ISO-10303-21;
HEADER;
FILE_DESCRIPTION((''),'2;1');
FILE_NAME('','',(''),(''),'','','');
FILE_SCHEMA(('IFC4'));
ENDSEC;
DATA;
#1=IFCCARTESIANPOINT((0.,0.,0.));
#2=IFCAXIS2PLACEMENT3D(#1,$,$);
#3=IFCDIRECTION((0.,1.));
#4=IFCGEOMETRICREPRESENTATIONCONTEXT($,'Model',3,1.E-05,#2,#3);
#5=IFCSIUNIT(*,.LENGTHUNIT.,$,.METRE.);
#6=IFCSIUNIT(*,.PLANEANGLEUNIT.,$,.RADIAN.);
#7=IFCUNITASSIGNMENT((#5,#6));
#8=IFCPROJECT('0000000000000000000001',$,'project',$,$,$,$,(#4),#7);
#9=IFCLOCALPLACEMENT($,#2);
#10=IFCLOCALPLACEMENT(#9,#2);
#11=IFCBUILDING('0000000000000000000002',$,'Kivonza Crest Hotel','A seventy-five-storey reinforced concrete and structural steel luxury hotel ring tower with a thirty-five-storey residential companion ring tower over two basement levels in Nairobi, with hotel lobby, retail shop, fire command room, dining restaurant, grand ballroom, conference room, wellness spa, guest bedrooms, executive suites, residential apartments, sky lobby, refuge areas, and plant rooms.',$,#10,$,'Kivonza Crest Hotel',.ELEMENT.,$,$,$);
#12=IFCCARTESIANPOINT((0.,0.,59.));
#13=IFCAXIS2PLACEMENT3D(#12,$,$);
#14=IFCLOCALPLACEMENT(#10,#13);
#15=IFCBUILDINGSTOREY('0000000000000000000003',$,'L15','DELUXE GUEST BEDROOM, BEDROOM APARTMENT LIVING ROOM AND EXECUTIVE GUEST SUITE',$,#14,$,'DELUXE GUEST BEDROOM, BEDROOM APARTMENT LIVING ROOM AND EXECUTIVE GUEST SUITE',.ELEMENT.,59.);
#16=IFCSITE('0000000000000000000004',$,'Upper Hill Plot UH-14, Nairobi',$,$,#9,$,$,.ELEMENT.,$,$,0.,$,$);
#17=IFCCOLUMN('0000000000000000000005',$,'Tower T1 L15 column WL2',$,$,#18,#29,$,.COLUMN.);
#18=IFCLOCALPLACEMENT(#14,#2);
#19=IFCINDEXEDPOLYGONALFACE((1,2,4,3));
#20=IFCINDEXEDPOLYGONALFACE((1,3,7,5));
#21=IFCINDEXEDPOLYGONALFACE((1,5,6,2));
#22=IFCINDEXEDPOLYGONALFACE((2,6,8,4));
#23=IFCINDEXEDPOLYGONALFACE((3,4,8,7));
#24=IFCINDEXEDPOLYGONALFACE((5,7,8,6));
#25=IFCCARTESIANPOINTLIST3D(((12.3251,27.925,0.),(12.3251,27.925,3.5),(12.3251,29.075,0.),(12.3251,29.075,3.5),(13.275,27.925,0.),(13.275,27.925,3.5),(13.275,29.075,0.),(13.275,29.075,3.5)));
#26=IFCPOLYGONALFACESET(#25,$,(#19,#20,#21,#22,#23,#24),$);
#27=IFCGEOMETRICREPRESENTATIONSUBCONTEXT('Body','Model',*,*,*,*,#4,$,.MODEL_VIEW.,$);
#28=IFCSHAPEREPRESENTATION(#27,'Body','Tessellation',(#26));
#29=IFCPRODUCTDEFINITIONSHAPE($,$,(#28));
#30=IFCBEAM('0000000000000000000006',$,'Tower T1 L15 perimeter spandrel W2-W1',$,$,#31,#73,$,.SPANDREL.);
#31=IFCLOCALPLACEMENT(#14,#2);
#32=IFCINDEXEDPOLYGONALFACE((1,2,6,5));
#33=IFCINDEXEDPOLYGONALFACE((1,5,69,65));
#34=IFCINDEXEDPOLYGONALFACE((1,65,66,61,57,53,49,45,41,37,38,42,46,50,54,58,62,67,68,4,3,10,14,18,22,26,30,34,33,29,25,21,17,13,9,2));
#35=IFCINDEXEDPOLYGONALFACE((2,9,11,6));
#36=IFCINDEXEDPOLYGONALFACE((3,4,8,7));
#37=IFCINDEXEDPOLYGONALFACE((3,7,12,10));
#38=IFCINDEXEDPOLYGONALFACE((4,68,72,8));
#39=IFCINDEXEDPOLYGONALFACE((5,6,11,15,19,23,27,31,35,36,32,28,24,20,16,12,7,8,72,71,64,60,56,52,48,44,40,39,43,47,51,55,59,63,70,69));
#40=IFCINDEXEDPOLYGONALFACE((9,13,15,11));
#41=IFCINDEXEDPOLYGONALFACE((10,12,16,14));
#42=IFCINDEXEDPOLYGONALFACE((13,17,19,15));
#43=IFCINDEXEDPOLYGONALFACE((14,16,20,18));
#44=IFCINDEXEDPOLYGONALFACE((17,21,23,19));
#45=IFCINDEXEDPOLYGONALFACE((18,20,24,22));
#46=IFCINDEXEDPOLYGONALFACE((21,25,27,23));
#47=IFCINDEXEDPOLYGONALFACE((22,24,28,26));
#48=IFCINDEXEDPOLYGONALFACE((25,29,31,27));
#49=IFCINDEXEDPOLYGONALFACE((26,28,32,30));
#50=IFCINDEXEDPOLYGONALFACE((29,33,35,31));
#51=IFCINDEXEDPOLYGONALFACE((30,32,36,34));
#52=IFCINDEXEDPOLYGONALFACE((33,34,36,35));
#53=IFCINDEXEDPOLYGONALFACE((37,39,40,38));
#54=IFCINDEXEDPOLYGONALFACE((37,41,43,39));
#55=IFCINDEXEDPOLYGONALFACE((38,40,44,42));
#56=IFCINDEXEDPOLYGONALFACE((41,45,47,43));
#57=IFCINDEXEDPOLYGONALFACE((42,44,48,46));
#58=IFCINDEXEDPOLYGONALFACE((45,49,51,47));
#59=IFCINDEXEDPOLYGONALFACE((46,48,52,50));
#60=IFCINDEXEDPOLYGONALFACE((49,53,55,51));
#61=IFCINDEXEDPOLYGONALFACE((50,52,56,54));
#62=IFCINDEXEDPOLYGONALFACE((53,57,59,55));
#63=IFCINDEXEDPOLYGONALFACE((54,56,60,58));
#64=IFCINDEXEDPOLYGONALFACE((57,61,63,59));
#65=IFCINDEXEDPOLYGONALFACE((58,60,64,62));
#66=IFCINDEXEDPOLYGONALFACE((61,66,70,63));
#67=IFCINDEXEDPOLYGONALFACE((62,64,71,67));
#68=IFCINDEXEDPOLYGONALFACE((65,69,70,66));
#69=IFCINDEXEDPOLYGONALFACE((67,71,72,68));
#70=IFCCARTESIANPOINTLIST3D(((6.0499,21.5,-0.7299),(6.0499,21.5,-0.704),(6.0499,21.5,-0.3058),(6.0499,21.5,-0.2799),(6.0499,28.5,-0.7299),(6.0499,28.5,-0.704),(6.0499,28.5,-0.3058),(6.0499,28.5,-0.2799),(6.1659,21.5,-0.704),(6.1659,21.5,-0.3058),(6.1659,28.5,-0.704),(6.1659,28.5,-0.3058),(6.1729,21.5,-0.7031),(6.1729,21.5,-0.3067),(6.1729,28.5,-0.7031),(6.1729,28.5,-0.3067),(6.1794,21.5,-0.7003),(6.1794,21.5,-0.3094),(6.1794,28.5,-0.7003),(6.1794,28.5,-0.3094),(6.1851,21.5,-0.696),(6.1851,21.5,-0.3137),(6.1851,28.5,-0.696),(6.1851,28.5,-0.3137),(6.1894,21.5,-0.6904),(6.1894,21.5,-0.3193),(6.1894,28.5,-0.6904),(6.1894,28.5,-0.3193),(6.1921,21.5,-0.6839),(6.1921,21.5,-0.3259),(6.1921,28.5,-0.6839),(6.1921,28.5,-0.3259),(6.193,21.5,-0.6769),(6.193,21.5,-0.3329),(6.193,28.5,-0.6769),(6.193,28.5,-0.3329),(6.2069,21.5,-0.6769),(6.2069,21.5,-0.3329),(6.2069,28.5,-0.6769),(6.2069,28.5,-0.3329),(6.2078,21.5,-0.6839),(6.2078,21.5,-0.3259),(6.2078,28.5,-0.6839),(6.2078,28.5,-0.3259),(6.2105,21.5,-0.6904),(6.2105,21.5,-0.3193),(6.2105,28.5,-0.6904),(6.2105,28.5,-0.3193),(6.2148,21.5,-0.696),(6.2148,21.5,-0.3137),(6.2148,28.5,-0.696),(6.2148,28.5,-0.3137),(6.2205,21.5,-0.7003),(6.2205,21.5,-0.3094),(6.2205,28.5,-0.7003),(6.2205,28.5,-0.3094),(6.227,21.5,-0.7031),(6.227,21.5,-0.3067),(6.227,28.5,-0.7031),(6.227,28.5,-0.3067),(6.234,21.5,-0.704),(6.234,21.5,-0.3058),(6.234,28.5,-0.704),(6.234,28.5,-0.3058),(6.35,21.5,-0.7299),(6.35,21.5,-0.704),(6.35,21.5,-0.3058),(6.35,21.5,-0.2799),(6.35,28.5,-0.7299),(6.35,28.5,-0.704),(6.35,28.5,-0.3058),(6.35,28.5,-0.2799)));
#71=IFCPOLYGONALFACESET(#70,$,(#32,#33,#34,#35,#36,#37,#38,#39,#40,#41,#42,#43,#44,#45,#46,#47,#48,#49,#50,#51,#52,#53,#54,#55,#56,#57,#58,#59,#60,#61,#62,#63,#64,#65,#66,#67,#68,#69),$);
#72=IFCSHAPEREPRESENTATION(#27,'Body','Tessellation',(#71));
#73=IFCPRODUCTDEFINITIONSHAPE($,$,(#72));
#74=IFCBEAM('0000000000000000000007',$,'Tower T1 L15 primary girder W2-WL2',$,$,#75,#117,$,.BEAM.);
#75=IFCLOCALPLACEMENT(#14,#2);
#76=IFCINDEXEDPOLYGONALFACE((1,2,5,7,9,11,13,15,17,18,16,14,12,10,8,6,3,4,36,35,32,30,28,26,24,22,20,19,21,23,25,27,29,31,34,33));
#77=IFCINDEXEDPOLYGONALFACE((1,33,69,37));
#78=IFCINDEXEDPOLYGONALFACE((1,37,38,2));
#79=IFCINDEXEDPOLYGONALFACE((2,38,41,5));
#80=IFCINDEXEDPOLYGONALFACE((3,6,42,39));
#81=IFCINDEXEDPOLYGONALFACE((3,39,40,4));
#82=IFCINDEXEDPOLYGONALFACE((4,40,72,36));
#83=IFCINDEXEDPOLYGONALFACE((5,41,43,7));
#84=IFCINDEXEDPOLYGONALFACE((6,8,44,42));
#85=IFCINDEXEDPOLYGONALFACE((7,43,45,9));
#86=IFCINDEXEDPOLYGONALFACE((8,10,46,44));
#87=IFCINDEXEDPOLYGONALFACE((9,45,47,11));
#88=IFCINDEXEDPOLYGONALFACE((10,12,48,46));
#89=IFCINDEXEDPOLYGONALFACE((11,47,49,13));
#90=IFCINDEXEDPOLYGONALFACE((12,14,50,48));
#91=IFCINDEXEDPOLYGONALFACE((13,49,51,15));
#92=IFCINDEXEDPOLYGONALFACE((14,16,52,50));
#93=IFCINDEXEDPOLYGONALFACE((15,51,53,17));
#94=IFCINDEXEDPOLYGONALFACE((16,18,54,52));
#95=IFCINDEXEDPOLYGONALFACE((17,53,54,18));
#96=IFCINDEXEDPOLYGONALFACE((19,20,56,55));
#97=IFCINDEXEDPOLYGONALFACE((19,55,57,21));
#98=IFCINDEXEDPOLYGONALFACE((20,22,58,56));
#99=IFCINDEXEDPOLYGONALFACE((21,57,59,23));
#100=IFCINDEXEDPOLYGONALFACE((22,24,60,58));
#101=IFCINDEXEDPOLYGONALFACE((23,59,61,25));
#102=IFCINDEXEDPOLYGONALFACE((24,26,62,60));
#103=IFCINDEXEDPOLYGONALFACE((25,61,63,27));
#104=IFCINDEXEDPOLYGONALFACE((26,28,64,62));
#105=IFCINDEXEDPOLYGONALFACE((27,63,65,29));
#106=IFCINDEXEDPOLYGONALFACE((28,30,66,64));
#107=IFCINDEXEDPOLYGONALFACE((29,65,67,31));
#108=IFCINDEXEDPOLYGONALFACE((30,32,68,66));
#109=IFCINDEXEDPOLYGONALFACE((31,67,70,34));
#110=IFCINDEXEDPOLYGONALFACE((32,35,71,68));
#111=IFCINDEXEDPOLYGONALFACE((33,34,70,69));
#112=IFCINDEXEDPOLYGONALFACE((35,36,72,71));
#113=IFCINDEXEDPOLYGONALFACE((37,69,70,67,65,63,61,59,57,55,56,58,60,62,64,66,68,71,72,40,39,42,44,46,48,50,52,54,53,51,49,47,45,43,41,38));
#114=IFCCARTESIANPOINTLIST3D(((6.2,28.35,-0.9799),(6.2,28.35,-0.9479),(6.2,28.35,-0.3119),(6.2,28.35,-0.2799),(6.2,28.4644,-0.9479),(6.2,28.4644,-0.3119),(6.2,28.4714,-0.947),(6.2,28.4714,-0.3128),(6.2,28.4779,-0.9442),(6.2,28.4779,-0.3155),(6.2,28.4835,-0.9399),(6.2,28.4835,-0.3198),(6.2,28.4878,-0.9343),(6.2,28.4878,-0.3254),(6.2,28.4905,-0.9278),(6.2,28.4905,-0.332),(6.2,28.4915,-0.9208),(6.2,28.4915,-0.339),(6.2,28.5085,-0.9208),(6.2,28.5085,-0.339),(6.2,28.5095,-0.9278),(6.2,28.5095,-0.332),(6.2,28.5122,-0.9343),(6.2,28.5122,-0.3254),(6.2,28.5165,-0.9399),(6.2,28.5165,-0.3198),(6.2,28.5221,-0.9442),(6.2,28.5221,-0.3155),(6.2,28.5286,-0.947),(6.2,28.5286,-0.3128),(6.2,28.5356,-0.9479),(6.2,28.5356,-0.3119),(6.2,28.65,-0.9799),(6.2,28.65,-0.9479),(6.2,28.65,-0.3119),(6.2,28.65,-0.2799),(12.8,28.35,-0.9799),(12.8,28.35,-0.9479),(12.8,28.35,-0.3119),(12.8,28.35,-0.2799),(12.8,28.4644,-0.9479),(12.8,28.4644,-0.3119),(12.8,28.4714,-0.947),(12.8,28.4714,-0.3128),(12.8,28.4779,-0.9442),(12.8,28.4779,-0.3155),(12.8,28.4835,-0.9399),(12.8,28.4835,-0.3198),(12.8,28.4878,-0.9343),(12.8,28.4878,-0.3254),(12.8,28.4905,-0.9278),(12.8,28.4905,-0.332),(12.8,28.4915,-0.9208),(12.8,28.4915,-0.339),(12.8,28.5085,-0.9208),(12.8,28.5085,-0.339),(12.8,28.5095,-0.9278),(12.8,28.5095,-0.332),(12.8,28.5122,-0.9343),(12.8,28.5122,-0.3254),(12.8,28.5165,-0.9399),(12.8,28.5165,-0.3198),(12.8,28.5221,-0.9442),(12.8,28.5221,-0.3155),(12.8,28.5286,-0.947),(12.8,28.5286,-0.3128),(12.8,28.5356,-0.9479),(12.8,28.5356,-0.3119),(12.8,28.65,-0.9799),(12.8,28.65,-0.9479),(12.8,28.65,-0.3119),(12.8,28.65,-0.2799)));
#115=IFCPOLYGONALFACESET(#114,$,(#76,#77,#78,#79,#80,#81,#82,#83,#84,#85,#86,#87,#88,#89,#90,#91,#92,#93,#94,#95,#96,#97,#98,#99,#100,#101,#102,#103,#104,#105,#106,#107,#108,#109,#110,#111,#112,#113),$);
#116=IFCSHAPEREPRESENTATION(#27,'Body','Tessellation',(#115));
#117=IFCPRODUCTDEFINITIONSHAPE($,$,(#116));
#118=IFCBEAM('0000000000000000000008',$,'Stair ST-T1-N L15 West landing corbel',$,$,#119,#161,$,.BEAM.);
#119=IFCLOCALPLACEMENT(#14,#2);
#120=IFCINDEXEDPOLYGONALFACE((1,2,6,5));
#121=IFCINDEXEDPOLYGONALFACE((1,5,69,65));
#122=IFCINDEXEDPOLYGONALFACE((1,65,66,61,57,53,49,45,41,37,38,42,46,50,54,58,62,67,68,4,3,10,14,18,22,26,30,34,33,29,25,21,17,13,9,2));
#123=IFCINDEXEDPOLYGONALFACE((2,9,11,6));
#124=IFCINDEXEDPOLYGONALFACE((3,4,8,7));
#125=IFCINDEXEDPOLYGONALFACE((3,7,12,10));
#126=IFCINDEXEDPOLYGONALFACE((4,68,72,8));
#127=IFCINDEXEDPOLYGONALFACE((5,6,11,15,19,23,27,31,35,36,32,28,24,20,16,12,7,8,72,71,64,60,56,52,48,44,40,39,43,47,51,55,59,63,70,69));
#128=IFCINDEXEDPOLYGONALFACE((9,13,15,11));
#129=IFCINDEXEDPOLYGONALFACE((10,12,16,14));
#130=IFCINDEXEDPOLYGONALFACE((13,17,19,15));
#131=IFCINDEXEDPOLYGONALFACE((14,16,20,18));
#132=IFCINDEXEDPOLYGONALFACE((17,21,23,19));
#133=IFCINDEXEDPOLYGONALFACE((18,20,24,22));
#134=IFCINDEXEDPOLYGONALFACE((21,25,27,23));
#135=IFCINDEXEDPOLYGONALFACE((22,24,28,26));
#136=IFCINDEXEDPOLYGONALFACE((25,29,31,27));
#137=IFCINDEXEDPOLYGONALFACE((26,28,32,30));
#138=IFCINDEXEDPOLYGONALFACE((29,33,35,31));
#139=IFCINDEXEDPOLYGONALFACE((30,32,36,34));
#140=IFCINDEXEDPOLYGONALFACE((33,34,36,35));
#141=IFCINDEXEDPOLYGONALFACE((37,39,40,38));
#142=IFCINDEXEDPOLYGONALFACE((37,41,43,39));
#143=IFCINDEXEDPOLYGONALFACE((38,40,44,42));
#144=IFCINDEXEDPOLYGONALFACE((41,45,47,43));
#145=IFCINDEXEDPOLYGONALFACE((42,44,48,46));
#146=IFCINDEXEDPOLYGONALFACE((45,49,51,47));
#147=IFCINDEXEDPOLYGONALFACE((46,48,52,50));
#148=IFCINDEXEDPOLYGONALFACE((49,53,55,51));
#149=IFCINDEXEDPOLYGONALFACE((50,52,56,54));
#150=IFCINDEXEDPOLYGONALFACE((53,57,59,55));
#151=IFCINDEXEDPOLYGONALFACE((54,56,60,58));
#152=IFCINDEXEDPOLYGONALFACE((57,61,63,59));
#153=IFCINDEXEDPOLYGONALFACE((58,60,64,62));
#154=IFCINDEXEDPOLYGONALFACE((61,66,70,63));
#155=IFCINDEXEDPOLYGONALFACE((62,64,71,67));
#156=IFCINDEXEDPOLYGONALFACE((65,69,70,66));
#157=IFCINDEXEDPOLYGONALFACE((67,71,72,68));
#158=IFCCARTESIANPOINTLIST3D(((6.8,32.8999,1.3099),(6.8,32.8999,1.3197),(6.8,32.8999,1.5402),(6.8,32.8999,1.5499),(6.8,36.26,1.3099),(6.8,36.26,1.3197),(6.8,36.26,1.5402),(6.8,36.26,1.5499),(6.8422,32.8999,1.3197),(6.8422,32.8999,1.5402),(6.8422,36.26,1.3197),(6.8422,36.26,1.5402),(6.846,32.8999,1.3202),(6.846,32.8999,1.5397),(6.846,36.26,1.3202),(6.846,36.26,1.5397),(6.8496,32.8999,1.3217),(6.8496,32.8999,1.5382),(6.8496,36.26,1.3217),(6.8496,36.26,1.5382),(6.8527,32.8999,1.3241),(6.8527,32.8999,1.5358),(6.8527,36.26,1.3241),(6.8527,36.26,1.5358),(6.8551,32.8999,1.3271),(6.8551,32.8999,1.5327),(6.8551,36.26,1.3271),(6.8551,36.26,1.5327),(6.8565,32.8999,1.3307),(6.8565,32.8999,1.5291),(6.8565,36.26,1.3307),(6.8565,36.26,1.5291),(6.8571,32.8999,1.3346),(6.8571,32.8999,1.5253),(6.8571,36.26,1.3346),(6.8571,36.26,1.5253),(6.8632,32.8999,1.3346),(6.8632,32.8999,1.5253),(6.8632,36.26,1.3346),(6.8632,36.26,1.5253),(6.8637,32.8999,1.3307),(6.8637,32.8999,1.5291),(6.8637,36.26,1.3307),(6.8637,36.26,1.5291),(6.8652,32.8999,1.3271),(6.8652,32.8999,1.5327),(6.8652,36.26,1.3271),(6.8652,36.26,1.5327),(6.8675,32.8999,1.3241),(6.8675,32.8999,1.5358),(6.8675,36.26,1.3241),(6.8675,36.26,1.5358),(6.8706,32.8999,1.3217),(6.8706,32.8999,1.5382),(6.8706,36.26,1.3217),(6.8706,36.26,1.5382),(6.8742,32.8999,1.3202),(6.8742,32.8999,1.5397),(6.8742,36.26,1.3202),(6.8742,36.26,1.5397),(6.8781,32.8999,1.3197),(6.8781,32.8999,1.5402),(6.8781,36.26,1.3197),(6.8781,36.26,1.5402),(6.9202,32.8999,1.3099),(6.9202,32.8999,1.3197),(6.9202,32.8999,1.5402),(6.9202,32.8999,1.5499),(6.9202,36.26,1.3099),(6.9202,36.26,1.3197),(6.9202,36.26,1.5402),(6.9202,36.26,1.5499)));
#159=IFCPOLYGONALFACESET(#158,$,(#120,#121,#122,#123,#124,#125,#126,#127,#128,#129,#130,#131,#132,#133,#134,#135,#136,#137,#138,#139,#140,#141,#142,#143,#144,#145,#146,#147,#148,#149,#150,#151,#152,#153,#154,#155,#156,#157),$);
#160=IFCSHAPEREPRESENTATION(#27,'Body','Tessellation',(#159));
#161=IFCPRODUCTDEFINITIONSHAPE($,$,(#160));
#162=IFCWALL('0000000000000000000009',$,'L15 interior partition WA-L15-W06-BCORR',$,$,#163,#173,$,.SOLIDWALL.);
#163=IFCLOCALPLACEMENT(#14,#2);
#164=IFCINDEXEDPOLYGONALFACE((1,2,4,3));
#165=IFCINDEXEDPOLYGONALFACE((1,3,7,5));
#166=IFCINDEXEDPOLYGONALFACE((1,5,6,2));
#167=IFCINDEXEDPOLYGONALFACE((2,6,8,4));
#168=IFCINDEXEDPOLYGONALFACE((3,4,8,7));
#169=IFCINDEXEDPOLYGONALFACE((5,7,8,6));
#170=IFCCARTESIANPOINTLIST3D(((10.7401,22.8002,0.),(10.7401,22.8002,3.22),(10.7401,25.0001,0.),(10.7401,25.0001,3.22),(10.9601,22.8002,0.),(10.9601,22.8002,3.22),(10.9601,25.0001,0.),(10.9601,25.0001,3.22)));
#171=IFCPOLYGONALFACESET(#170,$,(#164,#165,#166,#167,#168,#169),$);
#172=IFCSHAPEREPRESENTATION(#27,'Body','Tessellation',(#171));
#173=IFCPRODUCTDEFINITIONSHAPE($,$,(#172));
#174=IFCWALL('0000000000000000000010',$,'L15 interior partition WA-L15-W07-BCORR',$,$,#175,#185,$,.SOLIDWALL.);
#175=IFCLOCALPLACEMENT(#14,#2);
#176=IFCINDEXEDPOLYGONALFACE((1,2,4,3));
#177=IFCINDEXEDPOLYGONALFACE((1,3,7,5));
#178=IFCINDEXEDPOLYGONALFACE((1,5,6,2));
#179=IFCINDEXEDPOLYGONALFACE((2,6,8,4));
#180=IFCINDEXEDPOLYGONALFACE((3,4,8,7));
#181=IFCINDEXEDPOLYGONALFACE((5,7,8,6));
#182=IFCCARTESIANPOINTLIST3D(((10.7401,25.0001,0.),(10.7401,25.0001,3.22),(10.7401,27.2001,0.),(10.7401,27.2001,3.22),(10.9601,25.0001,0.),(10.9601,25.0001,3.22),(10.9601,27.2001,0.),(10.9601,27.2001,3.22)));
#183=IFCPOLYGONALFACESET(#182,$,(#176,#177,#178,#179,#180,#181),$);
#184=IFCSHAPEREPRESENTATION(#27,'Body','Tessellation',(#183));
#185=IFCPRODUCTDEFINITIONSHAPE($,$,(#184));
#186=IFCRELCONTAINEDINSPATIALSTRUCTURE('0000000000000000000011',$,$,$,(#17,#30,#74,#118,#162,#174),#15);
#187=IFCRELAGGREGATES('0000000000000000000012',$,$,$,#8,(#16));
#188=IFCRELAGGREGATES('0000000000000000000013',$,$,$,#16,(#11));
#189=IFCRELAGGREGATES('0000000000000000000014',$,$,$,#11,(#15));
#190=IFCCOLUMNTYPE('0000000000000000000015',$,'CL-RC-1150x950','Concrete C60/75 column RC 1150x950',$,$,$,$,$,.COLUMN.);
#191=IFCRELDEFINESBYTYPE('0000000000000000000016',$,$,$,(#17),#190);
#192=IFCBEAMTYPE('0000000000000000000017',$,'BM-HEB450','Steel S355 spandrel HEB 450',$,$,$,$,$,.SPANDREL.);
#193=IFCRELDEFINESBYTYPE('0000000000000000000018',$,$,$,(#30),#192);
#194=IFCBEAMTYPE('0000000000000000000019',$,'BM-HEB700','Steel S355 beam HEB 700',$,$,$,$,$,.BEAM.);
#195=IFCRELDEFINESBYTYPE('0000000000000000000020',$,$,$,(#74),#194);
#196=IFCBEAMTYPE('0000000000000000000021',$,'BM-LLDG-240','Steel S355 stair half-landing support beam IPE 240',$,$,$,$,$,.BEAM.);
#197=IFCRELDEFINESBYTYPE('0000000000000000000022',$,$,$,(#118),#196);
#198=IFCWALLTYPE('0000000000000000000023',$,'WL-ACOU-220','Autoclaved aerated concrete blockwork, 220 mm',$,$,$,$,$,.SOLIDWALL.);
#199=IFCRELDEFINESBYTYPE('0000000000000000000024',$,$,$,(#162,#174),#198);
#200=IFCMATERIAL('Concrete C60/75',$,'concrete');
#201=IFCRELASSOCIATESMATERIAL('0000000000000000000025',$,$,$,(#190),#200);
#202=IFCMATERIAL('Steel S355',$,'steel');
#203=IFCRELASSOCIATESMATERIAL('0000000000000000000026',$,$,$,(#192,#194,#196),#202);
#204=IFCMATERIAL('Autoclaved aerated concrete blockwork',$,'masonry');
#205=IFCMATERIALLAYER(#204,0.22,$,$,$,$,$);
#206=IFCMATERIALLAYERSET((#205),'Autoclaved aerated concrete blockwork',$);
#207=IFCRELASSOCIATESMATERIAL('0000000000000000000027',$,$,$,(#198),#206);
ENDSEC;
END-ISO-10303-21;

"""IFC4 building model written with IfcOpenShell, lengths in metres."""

from ifc_helpers import new_model, si_unit, direction, frame, frame_2d, origin, origin_2d, place, context, subcontext, project, spatial, rectangle, i_section, extrude, material, layer, layer_set, material_profile, profile_set, type_object, element, save


model = new_model("IFC4")

# Units and contexts
model_context = context("Model", 3, precision=1e-05, world=origin(), true_north=direction((0.0, 1.0)))
body_context = subcontext(model_context, "Body", "Model", "MODEL_VIEW")
ifc_project = project(units=[si_unit("LENGTHUNIT", "METRE"), si_unit("PLANEANGLEUNIT", "RADIAN")], contexts=[model_context])

# Site, building, storey
site_placement = place(None, origin())
site = spatial("IfcSite", under=ifc_project, at=site_placement, Name="Upper Hill Plot UH-14, Nairobi", CompositionType="ELEMENT", RefElevation=0.0)
building_placement = place(site_placement, origin())
building = spatial("IfcBuilding", under=site, at=building_placement, Name="Kivonza Crest Hotel", Description="A seventy-five-storey reinforced concrete and structural steel luxury hotel ring tower with a thirty-five-storey residential companion ring tower over two basement levels in Nairobi, with hotel lobby, retail shop, fire command room, dining restaurant, grand ballroom, conference room, wellness spa, guest bedrooms, executive suites, residential apartments, sky lobby, refuge areas, and plant rooms.", LongName="Kivonza Crest Hotel", CompositionType="ELEMENT")
storey_placement = place(building_placement, frame((0.0, 0.0, 59.0)))
storey = spatial("IfcBuildingStorey", under=building, at=storey_placement, Name="L15", Description="DELUXE GUEST BEDROOM, BEDROOM APARTMENT LIVING ROOM AND EXECUTIVE GUEST SUITE", LongName="DELUXE GUEST BEDROOM, BEDROOM APARTMENT LIVING ROOM AND EXECUTIVE GUEST SUITE", CompositionType="ELEMENT", Elevation=59.0)

# Column
ifc_material_1 = material(Name="Concrete C60/75", Category="concrete")
ifc_material_profile_1 = material_profile(ifc_material_1, rectangle(XDim=0.95, YDim=1.1499, at=origin_2d()), Name="RC 1150x950")
ifc_profile_set_1 = profile_set([ifc_material_profile_1], Name="Concrete C60/75")
column_type = type_object("IfcColumnType", Name="CL-RC-1150x950", Description="Concrete C60/75 column RC 1150x950", PredefinedType="COLUMN", material=ifc_profile_set_1)
column_placement = place(storey_placement, frame((12.8, 28.5, 0.0), z_axis=(0.0, 0.0, 1.0), x_axis=(1.0, 0.0, 0.0)))
element("IfcColumn", 1, at=column_placement, inside=storey, type_object=column_type, Name="Tower T1 L15 column WL2", PredefinedType="COLUMN", context=body_context, shape_type="SweptSolid", body=[
    extrude(rectangle(XDim=0.95, YDim=1.1499, at=origin_2d()), origin(), (0.0, 0.0, 1.0), 3.5),
])

# Beams
ifc_material_2 = material(Name="Steel S355", Category="steel")
ifc_material_profile_2 = material_profile(ifc_material_2, i_section(OverallWidth=0.3, OverallDepth=0.45, WebThickness=0.0139, FlangeThickness=0.0259, FilletRadius=0.0271, at=origin_2d()), Name="HEB 450")
ifc_profile_set_2 = profile_set([ifc_material_profile_2], Name="Steel S355")
beam_type_1 = type_object("IfcBeamType", Name="BM-HEB450", Description="Steel S355 spandrel HEB 450", PredefinedType="SPANDREL", material=ifc_profile_set_2)
beam_1_placement = place(storey_placement, frame((6.2, 28.5, -0.5049), z_axis=(0.0, -1.0, 0.0), x_axis=(1.0, 0.0, 0.0)))
element("IfcBeam", 2, at=beam_1_placement, inside=storey, type_object=beam_type_1, Name="Tower T1 L15 perimeter spandrel W2-W1", PredefinedType="SPANDREL", context=body_context, shape_type="SweptSolid", body=[
    extrude(i_section(OverallWidth=0.3, OverallDepth=0.45, WebThickness=0.0139, FlangeThickness=0.0259, FilletRadius=0.0271, at=origin_2d()), origin(), (0.0, 0.0, 1.0), 7.0),
])
ifc_material_profile_3 = material_profile(ifc_material_2, i_section(OverallWidth=0.3, OverallDepth=0.7, WebThickness=0.0171, FlangeThickness=0.032, FilletRadius=0.0271, at=origin_2d()), Name="HEB 700")
ifc_profile_set_3 = profile_set([ifc_material_profile_3], Name="Steel S355")
beam_type_2 = type_object("IfcBeamType", Name="BM-HEB700", Description="Steel S355 beam HEB 700", PredefinedType="BEAM", material=ifc_profile_set_3)
beam_2_placement = place(storey_placement, frame((6.2, 28.5, -0.6299), z_axis=(1.0, 0.0, 0.0), x_axis=(0.0, 1.0, 0.0)))
element("IfcBeam", 3, at=beam_2_placement, inside=storey, type_object=beam_type_2, Name="Tower T1 L15 primary girder W2-WL2", PredefinedType="BEAM", context=body_context, shape_type="SweptSolid", body=[
    extrude(i_section(OverallWidth=0.3, OverallDepth=0.7, WebThickness=0.0171, FlangeThickness=0.032, FilletRadius=0.0271, at=origin_2d()), origin(), (0.0, 0.0, 1.0), 6.6001),
])
ifc_material_profile_4 = material_profile(ifc_material_2, i_section(OverallWidth=0.1201, OverallDepth=0.24, WebThickness=0.0061, FlangeThickness=0.0098, FilletRadius=0.0149, at=origin_2d()), Name="IPE 240")
ifc_profile_set_4 = profile_set([ifc_material_profile_4], Name="Steel S355")
beam_type_3 = type_object("IfcBeamType", Name="BM-LLDG-240", Description="Steel S355 stair half-landing support beam IPE 240", PredefinedType="BEAM", material=ifc_profile_set_4)
beam_3_placement = place(storey_placement, frame((6.8601, 32.8999, 1.4299), z_axis=(0.0, 1.0, 0.0), x_axis=(-1.0, 0.0, 0.0)))
element("IfcBeam", 4, at=beam_3_placement, inside=storey, type_object=beam_type_3, Name="Stair ST-T1-N L15 West landing corbel", PredefinedType="BEAM", context=body_context, shape_type="SweptSolid", body=[
    extrude(i_section(OverallWidth=0.1201, OverallDepth=0.24, WebThickness=0.0061, FlangeThickness=0.0098, FilletRadius=0.0149, at=origin_2d()), origin(), (0.0, 0.0, 1.0), 3.3601),
])

# Walls
ifc_material_3 = material(Name="Autoclaved aerated concrete blockwork", Category="masonry")
ifc_layer_1 = layer(ifc_material_3, 0.22)
ifc_layer_set_1 = layer_set([ifc_layer_1], Name="Autoclaved aerated concrete blockwork")
wall_type_1 = type_object("IfcWallType", Name="WL-ACOU-220", Description="Autoclaved aerated concrete blockwork, 220 mm", PredefinedType="SOLIDWALL", material=ifc_layer_set_1)
for number, where, z_axis, x_axis, name in (
    (5, (10.8501, 22.8, 0.0), (0.0, 0.0, 1.0), (0.0, 1.0, 0.0), "L15 interior partition WA-L15-W06-BCORR"),
    (6, (10.8501, 25.0, 0.0), (0.0, 0.0, 1.0), (0.0, 1.0, 0.0), "L15 interior partition WA-L15-W07-BCORR"),
):
    element("IfcWall", number, at=place(storey_placement, frame(where, z_axis=z_axis, x_axis=x_axis)), inside=storey, type_object=wall_type_1, Name=name, PredefinedType="SOLIDWALL", context=body_context, shape_type="SweptSolid", body=[
        extrude(rectangle(XDim=2.2, YDim=0.22, at=frame_2d((1.1001, 0.0))), origin(), (0.0, 0.0, 1.0), 3.22),
    ])

save(model, "model.ifc")
